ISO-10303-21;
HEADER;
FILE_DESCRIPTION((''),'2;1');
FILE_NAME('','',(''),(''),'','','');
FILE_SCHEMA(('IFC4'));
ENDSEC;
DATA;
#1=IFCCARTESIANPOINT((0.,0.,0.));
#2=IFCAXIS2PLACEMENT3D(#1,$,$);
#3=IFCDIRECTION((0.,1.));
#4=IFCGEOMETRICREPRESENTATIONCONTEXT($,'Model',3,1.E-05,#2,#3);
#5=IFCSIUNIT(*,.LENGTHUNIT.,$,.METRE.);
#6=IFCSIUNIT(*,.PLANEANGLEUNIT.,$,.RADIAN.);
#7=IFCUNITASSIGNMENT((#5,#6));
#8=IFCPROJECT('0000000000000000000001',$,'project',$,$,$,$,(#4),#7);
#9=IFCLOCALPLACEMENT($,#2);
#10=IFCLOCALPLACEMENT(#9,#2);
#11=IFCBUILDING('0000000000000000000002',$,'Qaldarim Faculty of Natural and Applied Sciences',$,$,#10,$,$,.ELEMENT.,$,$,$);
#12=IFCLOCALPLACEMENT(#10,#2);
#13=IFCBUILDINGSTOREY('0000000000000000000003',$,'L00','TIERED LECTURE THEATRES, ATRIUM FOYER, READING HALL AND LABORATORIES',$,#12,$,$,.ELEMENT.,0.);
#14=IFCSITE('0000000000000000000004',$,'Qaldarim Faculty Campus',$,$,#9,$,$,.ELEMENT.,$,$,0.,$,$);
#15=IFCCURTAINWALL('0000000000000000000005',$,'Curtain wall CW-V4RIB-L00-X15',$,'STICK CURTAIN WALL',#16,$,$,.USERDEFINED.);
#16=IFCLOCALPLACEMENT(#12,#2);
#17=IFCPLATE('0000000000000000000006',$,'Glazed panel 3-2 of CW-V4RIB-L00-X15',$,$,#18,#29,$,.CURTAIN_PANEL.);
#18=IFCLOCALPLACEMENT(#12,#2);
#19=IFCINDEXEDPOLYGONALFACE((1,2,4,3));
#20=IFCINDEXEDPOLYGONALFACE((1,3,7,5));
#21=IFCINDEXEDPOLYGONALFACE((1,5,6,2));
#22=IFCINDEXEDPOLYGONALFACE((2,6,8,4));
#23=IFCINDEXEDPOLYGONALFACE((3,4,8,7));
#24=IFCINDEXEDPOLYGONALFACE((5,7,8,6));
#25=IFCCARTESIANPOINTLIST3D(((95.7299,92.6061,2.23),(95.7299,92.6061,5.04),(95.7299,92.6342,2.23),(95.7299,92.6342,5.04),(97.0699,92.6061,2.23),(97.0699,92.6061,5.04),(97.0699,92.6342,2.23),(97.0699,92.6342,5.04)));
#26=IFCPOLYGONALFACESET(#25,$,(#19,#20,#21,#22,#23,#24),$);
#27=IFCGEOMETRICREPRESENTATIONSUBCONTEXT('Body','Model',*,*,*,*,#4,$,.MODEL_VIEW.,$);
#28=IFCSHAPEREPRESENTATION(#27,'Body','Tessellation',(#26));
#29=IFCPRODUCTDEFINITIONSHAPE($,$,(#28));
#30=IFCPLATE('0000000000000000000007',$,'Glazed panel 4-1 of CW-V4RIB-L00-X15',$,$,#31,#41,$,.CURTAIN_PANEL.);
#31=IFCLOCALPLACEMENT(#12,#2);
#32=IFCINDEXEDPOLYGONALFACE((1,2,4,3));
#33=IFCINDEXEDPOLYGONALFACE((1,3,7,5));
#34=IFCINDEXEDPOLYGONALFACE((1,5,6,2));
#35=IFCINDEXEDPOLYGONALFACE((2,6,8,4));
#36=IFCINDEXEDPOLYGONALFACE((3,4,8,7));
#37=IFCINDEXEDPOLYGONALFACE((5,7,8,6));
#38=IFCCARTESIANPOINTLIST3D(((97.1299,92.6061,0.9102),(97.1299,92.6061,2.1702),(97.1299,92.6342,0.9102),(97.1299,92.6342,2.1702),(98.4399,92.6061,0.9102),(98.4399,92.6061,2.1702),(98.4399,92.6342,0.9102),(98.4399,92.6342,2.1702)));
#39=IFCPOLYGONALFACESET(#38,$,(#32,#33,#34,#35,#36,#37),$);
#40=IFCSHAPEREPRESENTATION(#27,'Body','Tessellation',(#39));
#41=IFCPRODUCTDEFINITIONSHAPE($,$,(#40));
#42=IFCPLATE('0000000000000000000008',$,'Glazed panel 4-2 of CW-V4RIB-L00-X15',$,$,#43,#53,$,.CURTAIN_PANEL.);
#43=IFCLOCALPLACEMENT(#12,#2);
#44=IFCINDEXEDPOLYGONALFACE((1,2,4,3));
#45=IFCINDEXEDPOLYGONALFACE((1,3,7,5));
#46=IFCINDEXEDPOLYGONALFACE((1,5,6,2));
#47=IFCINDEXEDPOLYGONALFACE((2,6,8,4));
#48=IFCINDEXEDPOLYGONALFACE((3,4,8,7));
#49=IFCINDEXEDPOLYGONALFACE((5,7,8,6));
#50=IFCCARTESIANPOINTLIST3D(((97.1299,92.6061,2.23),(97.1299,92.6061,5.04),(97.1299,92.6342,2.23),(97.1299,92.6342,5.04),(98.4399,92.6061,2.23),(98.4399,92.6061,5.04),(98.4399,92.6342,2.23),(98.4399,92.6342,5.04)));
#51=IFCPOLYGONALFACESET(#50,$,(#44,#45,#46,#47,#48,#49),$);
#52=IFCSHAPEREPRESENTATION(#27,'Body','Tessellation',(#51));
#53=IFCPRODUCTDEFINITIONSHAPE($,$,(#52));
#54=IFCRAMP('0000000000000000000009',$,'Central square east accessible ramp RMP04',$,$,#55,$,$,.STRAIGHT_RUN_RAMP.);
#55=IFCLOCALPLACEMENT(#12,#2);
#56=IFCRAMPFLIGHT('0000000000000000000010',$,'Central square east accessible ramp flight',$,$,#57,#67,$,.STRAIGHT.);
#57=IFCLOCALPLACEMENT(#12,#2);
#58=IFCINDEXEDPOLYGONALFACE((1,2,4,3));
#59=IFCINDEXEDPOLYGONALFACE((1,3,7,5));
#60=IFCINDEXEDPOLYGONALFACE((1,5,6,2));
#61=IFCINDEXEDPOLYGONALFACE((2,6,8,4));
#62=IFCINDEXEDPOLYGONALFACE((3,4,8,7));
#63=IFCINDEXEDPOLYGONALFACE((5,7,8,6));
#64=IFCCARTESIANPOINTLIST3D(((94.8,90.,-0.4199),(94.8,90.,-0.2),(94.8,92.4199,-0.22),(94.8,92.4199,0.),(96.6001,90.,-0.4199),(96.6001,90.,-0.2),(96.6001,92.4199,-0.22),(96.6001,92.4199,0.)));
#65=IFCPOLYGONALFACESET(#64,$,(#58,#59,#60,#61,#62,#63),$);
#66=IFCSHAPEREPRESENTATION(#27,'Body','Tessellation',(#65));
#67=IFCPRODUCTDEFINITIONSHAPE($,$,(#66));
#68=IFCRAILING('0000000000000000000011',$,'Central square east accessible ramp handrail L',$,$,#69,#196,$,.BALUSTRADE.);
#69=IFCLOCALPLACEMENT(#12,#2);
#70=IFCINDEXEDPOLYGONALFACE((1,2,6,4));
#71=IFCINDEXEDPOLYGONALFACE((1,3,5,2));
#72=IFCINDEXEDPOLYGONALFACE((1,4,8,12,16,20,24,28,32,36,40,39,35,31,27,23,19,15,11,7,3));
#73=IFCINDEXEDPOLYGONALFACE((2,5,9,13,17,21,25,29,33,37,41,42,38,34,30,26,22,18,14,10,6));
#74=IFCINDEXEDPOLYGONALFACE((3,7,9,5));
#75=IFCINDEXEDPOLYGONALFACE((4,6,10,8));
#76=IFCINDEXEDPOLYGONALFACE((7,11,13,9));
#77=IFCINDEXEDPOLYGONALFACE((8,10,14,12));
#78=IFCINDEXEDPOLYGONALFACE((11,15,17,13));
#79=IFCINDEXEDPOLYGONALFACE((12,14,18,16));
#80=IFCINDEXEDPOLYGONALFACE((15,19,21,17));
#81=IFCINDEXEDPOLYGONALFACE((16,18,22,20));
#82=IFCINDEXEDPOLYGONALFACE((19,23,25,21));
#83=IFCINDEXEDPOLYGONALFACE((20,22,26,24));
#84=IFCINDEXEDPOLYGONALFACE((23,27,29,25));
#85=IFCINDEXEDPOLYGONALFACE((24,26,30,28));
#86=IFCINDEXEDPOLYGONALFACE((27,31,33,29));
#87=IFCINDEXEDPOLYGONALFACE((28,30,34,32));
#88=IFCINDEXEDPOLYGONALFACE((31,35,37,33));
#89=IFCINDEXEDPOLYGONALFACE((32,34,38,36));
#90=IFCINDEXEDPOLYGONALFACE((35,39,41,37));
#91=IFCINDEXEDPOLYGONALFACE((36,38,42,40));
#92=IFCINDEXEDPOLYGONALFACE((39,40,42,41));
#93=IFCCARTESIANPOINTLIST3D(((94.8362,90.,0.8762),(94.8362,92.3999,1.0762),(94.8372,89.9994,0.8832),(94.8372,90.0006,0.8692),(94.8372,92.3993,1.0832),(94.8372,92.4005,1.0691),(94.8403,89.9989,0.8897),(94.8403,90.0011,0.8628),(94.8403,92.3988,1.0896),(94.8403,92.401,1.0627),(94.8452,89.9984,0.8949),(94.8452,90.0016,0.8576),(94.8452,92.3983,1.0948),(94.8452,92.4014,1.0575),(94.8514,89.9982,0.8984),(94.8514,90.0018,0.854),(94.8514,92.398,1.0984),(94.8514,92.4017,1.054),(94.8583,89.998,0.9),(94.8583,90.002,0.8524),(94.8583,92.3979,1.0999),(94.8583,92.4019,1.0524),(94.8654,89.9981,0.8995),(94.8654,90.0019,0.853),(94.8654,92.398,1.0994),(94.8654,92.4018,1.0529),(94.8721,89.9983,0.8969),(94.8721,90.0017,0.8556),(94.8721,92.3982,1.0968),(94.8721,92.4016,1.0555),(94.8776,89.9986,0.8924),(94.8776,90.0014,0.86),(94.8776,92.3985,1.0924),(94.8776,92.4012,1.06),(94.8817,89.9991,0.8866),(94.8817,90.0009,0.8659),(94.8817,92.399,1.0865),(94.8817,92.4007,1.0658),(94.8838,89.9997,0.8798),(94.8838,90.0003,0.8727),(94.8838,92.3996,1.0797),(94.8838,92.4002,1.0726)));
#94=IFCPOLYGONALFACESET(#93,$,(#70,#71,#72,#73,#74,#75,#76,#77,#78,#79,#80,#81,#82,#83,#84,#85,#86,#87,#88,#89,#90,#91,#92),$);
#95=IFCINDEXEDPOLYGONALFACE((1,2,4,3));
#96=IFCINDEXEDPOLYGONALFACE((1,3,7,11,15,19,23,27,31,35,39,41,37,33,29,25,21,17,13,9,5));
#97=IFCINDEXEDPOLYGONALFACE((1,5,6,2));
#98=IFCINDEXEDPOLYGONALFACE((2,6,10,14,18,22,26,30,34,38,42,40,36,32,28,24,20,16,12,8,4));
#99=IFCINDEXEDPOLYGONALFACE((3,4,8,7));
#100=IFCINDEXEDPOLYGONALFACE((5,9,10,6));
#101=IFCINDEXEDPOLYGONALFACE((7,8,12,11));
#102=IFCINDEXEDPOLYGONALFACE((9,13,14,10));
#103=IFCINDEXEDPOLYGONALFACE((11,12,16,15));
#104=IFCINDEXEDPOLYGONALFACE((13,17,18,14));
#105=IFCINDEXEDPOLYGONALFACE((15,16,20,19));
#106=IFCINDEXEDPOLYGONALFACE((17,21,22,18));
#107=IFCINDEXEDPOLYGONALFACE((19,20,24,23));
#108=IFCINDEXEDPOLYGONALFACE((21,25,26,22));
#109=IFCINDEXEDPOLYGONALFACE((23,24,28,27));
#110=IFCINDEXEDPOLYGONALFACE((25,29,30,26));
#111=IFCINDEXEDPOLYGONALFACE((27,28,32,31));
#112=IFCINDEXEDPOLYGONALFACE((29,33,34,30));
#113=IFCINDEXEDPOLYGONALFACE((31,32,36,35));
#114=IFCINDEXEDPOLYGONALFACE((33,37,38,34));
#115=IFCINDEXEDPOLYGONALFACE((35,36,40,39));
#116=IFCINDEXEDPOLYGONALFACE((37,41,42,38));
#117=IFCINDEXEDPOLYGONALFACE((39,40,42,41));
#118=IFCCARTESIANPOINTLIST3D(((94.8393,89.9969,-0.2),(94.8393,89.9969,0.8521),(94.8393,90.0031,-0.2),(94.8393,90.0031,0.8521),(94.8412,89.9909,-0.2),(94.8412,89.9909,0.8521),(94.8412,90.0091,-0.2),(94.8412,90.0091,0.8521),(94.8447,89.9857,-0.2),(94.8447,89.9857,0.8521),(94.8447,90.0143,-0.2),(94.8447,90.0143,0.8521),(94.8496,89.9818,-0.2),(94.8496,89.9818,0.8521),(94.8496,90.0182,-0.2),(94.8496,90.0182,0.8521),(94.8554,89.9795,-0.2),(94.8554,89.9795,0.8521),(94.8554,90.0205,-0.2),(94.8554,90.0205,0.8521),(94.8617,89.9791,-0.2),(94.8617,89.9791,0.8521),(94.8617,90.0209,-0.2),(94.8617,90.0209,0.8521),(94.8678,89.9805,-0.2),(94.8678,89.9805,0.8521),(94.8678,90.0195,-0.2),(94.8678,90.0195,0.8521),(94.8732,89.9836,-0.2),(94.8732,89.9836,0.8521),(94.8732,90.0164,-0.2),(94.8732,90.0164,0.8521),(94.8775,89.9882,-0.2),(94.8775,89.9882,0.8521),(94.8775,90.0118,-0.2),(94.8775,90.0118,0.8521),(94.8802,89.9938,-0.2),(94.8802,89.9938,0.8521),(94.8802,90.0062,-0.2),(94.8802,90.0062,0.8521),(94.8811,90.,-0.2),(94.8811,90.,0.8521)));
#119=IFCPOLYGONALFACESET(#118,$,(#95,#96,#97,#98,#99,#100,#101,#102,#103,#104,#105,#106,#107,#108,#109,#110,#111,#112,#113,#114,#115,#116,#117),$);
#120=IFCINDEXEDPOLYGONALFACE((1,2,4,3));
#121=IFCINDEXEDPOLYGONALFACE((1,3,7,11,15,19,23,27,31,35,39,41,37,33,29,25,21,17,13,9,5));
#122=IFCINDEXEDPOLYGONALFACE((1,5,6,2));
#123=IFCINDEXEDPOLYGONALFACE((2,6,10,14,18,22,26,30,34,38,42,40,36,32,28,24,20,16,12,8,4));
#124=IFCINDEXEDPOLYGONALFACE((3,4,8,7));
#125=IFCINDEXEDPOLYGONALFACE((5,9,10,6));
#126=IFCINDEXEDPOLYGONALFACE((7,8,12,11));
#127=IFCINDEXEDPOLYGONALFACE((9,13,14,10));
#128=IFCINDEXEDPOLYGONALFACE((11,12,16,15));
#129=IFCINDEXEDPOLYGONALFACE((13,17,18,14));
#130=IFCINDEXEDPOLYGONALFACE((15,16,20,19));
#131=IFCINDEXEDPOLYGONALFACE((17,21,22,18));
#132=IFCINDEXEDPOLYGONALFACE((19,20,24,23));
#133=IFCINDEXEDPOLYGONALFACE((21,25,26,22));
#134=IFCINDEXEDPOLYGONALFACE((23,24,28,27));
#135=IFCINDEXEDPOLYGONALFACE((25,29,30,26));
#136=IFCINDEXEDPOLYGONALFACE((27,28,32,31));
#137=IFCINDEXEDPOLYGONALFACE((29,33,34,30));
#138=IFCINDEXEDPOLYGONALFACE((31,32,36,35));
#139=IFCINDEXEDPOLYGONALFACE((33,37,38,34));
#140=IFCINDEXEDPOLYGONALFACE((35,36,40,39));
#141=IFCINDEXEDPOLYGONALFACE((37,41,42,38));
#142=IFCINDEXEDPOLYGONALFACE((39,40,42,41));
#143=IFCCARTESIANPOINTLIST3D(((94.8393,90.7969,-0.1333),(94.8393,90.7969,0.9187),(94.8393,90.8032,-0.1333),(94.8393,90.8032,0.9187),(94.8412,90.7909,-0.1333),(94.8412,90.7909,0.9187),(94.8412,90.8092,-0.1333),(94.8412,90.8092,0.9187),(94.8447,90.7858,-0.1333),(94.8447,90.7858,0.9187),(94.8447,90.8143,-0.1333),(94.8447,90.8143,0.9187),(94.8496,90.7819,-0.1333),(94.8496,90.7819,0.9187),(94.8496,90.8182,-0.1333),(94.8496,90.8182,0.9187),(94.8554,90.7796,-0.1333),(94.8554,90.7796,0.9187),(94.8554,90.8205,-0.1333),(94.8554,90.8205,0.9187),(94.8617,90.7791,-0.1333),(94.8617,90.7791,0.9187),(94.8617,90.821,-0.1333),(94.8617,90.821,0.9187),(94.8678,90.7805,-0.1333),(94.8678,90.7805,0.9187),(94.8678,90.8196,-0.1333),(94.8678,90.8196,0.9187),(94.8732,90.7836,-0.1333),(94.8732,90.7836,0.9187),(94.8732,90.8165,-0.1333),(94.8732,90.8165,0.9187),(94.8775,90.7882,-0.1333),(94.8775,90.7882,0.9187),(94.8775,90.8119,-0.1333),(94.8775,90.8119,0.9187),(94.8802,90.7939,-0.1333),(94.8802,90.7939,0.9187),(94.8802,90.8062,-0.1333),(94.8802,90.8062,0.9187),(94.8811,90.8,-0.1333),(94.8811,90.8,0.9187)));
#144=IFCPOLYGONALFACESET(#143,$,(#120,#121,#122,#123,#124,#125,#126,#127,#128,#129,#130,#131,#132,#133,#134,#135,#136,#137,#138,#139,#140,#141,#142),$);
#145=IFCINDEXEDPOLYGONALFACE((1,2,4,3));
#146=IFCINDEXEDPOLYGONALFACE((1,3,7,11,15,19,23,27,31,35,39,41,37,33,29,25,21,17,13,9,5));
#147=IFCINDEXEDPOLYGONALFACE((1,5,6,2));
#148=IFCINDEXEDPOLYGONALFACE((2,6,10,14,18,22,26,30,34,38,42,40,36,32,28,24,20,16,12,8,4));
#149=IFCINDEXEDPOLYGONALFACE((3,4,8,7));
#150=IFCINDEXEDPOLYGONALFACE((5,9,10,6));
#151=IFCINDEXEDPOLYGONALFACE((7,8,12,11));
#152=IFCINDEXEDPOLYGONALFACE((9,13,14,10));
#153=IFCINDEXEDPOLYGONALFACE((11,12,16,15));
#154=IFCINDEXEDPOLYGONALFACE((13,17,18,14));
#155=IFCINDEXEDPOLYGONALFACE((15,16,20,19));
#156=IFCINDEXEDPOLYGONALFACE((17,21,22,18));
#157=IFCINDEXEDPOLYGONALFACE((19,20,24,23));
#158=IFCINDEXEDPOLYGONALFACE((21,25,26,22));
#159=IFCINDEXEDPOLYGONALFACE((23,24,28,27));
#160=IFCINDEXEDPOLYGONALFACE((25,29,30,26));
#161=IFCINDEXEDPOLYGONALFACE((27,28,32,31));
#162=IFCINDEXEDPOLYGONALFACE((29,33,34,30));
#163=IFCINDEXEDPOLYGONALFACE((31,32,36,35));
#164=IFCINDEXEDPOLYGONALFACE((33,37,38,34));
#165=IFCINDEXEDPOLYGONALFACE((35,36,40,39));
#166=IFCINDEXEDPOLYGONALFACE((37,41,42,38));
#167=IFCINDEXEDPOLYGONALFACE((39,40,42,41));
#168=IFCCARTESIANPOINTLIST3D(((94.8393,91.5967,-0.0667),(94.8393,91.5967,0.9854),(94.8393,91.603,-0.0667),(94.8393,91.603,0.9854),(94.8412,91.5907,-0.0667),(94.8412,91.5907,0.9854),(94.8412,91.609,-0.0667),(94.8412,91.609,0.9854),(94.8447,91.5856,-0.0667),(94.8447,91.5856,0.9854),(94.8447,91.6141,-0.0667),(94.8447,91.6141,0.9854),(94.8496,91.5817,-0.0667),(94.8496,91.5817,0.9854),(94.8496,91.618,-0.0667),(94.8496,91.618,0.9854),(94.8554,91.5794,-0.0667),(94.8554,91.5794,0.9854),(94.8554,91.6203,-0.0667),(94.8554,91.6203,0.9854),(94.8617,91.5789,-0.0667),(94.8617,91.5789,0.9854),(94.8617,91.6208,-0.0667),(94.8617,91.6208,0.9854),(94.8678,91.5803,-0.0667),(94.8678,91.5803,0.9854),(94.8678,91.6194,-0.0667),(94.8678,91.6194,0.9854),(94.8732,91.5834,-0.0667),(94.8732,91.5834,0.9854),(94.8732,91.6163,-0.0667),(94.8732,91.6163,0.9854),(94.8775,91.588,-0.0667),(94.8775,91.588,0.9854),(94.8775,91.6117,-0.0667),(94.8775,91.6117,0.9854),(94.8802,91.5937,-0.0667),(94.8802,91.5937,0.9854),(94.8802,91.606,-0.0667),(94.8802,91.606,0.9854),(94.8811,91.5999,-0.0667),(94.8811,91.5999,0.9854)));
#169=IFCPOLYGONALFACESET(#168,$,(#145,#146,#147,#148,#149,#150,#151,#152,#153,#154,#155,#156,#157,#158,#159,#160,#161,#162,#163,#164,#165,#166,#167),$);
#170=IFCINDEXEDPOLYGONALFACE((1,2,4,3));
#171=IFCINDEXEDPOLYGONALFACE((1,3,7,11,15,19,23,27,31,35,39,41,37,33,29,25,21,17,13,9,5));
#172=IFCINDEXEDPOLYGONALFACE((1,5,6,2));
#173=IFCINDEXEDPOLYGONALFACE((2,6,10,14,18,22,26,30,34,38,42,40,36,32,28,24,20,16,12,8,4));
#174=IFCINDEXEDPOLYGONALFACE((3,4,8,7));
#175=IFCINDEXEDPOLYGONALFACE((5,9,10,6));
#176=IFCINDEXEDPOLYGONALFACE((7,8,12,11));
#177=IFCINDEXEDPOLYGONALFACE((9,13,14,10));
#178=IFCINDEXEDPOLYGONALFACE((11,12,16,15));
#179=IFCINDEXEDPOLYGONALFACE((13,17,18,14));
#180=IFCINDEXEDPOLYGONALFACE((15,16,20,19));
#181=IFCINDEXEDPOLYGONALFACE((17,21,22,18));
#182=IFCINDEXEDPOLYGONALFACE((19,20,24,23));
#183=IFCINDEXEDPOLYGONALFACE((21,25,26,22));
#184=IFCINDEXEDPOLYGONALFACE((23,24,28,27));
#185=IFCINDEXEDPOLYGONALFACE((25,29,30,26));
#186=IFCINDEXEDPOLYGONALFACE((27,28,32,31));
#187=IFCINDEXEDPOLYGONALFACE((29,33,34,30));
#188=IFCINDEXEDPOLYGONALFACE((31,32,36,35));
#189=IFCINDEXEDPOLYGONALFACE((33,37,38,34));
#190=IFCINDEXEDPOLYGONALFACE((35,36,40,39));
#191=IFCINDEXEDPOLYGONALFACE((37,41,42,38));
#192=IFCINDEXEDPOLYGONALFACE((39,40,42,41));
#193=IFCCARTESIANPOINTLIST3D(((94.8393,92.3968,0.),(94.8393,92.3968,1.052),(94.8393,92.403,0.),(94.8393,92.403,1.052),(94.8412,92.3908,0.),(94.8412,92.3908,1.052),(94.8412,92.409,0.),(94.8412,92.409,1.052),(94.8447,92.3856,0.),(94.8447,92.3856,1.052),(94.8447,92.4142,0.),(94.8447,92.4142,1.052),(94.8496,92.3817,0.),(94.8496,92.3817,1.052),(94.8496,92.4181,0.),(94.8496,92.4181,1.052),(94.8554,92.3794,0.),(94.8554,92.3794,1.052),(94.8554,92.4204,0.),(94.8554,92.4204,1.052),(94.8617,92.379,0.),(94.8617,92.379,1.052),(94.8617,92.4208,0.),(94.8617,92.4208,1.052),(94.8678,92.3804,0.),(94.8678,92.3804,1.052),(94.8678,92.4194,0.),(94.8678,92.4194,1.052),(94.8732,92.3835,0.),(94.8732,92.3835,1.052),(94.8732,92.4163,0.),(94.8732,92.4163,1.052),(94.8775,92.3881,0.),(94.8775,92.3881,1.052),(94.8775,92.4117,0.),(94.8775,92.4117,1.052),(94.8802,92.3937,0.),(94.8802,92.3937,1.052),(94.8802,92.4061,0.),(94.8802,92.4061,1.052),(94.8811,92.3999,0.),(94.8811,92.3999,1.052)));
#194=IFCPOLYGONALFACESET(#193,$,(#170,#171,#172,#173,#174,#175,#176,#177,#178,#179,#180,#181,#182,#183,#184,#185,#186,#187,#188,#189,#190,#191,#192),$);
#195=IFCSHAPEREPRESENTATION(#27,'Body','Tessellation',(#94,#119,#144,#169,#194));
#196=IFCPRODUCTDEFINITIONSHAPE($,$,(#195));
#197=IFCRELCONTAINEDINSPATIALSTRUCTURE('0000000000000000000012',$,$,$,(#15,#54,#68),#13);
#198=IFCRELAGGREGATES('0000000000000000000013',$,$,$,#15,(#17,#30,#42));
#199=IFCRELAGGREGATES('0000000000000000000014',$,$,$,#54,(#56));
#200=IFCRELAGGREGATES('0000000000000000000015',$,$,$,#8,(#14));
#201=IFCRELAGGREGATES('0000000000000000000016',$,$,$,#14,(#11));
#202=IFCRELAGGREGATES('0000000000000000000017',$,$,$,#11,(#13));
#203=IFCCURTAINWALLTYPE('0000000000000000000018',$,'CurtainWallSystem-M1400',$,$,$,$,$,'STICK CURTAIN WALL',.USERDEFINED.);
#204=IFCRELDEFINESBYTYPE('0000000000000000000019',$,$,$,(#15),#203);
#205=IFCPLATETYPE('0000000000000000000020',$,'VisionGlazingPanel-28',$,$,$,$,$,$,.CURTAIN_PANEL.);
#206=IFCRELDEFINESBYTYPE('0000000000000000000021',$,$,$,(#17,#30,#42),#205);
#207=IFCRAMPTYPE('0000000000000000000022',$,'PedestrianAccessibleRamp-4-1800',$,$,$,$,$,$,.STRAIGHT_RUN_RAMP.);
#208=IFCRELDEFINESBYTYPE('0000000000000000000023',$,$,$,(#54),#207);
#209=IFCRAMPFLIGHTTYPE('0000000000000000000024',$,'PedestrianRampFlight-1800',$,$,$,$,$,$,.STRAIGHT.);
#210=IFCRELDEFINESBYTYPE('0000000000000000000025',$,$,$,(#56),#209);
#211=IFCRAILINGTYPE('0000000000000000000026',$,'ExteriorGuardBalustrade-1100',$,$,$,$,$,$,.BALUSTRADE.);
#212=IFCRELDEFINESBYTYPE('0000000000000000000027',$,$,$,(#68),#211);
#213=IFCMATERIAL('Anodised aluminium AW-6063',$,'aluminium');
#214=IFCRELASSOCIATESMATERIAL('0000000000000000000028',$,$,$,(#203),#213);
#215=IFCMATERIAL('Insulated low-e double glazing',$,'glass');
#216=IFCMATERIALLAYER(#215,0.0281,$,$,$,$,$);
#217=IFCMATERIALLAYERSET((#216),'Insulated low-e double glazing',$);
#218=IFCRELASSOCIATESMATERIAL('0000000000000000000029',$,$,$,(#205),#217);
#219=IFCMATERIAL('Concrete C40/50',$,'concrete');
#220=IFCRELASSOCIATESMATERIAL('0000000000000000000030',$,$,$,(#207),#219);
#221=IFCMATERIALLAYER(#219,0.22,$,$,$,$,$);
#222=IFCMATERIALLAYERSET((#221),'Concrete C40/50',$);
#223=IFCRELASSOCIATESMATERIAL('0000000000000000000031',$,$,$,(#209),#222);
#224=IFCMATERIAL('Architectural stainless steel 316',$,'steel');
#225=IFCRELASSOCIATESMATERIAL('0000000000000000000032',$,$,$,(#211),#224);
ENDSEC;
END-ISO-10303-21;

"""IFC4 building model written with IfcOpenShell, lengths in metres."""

from ifc_helpers import new_model, si_unit, direction, frame, origin, origin_2d, place, context, subcontext, project, spatial, polyline, rectangle, circle, outline, extrude, material, layer, layer_set, type_object, element, aggregate, save


model = new_model("IFC4")

# Units and contexts
model_context = context("Model", 3, precision=1e-05, world=origin(), true_north=direction((0.0, 1.0)))
body_context = subcontext(model_context, "Body", "Model", "MODEL_VIEW")
ifc_project = project(units=[si_unit("LENGTHUNIT", "METRE"), si_unit("PLANEANGLEUNIT", "RADIAN")], contexts=[model_context])

# Site, building, storey
site_placement = place(None, origin())
site = spatial("IfcSite", under=ifc_project, at=site_placement, Name="Qaldarim Faculty Campus", CompositionType="ELEMENT", RefElevation=0.0)
building_placement = place(site_placement, origin())
building = spatial("IfcBuilding", under=site, at=building_placement, Name="Qaldarim Faculty of Natural and Applied Sciences", CompositionType="ELEMENT")
storey_placement = place(building_placement, origin())
storey = spatial("IfcBuildingStorey", under=building, at=storey_placement, Name="L00", Description="TIERED LECTURE THEATRES, ATRIUM FOYER, READING HALL AND LABORATORIES", CompositionType="ELEMENT", Elevation=0.0)

# Shared definitions
ifc_material_1 = material(Name="Concrete C40/50", Category="concrete")

# Curtain wall
ifc_material_2 = material(Name="Anodised aluminium AW-6063", Category="aluminium")
curtain_wall_type = type_object("IfcCurtainWallType", Name="CurtainWallSystem-M1400", ElementType="STICK CURTAIN WALL", PredefinedType="USERDEFINED", material=ifc_material_2)
curtain_wall_placement = place(storey_placement, origin())
curtain_wall = element("IfcCurtainWall", 1, at=curtain_wall_placement, inside=storey, type_object=curtain_wall_type, Name="Curtain wall CW-V4RIB-L00-X15", ObjectType="STICK CURTAIN WALL", PredefinedType="USERDEFINED")

# Plates
ifc_material_3 = material(Name="Insulated low-e double glazing", Category="glass")
ifc_layer_1 = layer(ifc_material_3, 0.0281)
ifc_layer_set_1 = layer_set([ifc_layer_1], Name="Insulated low-e double glazing")
plate_type = type_object("IfcPlateType", Name="VisionGlazingPanel-28", PredefinedType="CURTAIN_PANEL", material=ifc_layer_set_1)
plate_1_placement = place(storey_placement, frame((96.3999, 92.6201, 2.23), z_axis=(0.0, 0.0, 1.0), x_axis=(1.0, 0.0, 0.0)))
plate_1 = element("IfcPlate", 2, at=plate_1_placement, type_object=plate_type, Name="Glazed panel 3-2 of CW-V4RIB-L00-X15", PredefinedType="CURTAIN_PANEL", context=body_context, shape_type="SweptSolid", body=[
    extrude(rectangle(XDim=1.3401, YDim=0.0281, at=origin_2d()), origin(), (0.0, 0.0, 1.0), 2.8101),
])
plate_2_placement = place(storey_placement, frame((97.7849, 92.6201, 0.9102), z_axis=(0.0, 0.0, 1.0), x_axis=(1.0, 0.0, 0.0)))
plate_2 = element("IfcPlate", 3, at=plate_2_placement, type_object=plate_type, Name="Glazed panel 4-1 of CW-V4RIB-L00-X15", PredefinedType="CURTAIN_PANEL", context=body_context, shape_type="SweptSolid", body=[
    extrude(rectangle(XDim=1.3101, YDim=0.0281, at=origin_2d()), origin(), (0.0, 0.0, 1.0), 1.26),
])
plate_3_placement = place(storey_placement, frame((97.7849, 92.6201, 2.23), z_axis=(0.0, 0.0, 1.0), x_axis=(1.0, 0.0, 0.0)))
plate_3 = element("IfcPlate", 4, at=plate_3_placement, type_object=plate_type, Name="Glazed panel 4-2 of CW-V4RIB-L00-X15", PredefinedType="CURTAIN_PANEL", context=body_context, shape_type="SweptSolid", body=[
    extrude(rectangle(XDim=1.3101, YDim=0.0281, at=origin_2d()), origin(), (0.0, 0.0, 1.0), 2.8101),
])
aggregate(curtain_wall, [plate_1, plate_2, plate_3])

# Ramp, ramp flight
ramp_type = type_object("IfcRampType", Name="PedestrianAccessibleRamp-4-1800", PredefinedType="STRAIGHT_RUN_RAMP", material=ifc_material_1)
ramp_placement = place(storey_placement, origin())
ramp = element("IfcRamp", 5, at=ramp_placement, inside=storey, type_object=ramp_type, Name="Central square east accessible ramp RMP04", PredefinedType="STRAIGHT_RUN_RAMP")
ifc_layer_2 = layer(ifc_material_1, 0.22)
ifc_layer_set_2 = layer_set([ifc_layer_2], Name="Concrete C40/50")
ramp_flight_type = type_object("IfcRampFlightType", Name="PedestrianRampFlight-1800", PredefinedType="STRAIGHT", material=ifc_layer_set_2)
ramp_flight_placement = place(storey_placement, frame((95.7, 90.0, -0.2), z_axis=(0.0, 0.0, 1.0), x_axis=(0.0, 1.0, 0.0)))
ramp_flight = element("IfcRampFlight", 6, at=ramp_flight_placement, type_object=ramp_flight_type, Name="Central square east accessible ramp flight", PredefinedType="STRAIGHT", context=body_context, shape_type="SweptSolid", body=[
    extrude(outline(polyline([(0.0, 0.0), (2.4199, 0.2), (2.4199, -0.02), (0.0, -0.22), (0.0, 0.0)])), frame((0.0, 0.8999, 0.0), z_axis=(0.0, -1.0, 0.0), x_axis=(1.0, 0.0, 0.0)), (0.0, 0.0, 1.0), 1.8),
])
aggregate(ramp, [ramp_flight])

# Railing
ifc_material_4 = material(Name="Architectural stainless steel 316", Category="steel")
railing_type = type_object("IfcRailingType", Name="ExteriorGuardBalustrade-1100", PredefinedType="BALUSTRADE", material=ifc_material_4)
for number, where, name in (
    (7, (94.8601, 90.0, -0.2), "Central square east accessible ramp handrail L"),
):
    element("IfcRailing", number, at=place(storey_placement, frame(where)), inside=storey, type_object=railing_type, Name=name, PredefinedType="BALUSTRADE", context=body_context, shape_type="SweptSolid", body=[
        extrude(circle(Radius=0.0239, at=origin_2d()), frame((0.0, 0.0, 1.0762), z_axis=(0.0, 0.996547, 0.083029), x_axis=(-1.0, 0.0, 0.0)), (0.0, 0.0, 1.0), 2.4082),
        extrude(circle(Radius=0.021, at=origin_2d()), origin(), (0.0, 0.0, 1.0), 1.052),
        extrude(circle(Radius=0.021, at=origin_2d()), frame((0.0, 0.8, 0.0667)), (0.0, 0.0, 1.0), 1.052),
        extrude(circle(Radius=0.021, at=origin_2d()), frame((0.0, 1.5999, 0.1333)), (0.0, 0.0, 1.0), 1.052),
        extrude(circle(Radius=0.021, at=origin_2d()), frame((0.0, 2.3999, 0.2)), (0.0, 0.0, 1.0), 1.052),
    ])

save(model, "model.ifc")
